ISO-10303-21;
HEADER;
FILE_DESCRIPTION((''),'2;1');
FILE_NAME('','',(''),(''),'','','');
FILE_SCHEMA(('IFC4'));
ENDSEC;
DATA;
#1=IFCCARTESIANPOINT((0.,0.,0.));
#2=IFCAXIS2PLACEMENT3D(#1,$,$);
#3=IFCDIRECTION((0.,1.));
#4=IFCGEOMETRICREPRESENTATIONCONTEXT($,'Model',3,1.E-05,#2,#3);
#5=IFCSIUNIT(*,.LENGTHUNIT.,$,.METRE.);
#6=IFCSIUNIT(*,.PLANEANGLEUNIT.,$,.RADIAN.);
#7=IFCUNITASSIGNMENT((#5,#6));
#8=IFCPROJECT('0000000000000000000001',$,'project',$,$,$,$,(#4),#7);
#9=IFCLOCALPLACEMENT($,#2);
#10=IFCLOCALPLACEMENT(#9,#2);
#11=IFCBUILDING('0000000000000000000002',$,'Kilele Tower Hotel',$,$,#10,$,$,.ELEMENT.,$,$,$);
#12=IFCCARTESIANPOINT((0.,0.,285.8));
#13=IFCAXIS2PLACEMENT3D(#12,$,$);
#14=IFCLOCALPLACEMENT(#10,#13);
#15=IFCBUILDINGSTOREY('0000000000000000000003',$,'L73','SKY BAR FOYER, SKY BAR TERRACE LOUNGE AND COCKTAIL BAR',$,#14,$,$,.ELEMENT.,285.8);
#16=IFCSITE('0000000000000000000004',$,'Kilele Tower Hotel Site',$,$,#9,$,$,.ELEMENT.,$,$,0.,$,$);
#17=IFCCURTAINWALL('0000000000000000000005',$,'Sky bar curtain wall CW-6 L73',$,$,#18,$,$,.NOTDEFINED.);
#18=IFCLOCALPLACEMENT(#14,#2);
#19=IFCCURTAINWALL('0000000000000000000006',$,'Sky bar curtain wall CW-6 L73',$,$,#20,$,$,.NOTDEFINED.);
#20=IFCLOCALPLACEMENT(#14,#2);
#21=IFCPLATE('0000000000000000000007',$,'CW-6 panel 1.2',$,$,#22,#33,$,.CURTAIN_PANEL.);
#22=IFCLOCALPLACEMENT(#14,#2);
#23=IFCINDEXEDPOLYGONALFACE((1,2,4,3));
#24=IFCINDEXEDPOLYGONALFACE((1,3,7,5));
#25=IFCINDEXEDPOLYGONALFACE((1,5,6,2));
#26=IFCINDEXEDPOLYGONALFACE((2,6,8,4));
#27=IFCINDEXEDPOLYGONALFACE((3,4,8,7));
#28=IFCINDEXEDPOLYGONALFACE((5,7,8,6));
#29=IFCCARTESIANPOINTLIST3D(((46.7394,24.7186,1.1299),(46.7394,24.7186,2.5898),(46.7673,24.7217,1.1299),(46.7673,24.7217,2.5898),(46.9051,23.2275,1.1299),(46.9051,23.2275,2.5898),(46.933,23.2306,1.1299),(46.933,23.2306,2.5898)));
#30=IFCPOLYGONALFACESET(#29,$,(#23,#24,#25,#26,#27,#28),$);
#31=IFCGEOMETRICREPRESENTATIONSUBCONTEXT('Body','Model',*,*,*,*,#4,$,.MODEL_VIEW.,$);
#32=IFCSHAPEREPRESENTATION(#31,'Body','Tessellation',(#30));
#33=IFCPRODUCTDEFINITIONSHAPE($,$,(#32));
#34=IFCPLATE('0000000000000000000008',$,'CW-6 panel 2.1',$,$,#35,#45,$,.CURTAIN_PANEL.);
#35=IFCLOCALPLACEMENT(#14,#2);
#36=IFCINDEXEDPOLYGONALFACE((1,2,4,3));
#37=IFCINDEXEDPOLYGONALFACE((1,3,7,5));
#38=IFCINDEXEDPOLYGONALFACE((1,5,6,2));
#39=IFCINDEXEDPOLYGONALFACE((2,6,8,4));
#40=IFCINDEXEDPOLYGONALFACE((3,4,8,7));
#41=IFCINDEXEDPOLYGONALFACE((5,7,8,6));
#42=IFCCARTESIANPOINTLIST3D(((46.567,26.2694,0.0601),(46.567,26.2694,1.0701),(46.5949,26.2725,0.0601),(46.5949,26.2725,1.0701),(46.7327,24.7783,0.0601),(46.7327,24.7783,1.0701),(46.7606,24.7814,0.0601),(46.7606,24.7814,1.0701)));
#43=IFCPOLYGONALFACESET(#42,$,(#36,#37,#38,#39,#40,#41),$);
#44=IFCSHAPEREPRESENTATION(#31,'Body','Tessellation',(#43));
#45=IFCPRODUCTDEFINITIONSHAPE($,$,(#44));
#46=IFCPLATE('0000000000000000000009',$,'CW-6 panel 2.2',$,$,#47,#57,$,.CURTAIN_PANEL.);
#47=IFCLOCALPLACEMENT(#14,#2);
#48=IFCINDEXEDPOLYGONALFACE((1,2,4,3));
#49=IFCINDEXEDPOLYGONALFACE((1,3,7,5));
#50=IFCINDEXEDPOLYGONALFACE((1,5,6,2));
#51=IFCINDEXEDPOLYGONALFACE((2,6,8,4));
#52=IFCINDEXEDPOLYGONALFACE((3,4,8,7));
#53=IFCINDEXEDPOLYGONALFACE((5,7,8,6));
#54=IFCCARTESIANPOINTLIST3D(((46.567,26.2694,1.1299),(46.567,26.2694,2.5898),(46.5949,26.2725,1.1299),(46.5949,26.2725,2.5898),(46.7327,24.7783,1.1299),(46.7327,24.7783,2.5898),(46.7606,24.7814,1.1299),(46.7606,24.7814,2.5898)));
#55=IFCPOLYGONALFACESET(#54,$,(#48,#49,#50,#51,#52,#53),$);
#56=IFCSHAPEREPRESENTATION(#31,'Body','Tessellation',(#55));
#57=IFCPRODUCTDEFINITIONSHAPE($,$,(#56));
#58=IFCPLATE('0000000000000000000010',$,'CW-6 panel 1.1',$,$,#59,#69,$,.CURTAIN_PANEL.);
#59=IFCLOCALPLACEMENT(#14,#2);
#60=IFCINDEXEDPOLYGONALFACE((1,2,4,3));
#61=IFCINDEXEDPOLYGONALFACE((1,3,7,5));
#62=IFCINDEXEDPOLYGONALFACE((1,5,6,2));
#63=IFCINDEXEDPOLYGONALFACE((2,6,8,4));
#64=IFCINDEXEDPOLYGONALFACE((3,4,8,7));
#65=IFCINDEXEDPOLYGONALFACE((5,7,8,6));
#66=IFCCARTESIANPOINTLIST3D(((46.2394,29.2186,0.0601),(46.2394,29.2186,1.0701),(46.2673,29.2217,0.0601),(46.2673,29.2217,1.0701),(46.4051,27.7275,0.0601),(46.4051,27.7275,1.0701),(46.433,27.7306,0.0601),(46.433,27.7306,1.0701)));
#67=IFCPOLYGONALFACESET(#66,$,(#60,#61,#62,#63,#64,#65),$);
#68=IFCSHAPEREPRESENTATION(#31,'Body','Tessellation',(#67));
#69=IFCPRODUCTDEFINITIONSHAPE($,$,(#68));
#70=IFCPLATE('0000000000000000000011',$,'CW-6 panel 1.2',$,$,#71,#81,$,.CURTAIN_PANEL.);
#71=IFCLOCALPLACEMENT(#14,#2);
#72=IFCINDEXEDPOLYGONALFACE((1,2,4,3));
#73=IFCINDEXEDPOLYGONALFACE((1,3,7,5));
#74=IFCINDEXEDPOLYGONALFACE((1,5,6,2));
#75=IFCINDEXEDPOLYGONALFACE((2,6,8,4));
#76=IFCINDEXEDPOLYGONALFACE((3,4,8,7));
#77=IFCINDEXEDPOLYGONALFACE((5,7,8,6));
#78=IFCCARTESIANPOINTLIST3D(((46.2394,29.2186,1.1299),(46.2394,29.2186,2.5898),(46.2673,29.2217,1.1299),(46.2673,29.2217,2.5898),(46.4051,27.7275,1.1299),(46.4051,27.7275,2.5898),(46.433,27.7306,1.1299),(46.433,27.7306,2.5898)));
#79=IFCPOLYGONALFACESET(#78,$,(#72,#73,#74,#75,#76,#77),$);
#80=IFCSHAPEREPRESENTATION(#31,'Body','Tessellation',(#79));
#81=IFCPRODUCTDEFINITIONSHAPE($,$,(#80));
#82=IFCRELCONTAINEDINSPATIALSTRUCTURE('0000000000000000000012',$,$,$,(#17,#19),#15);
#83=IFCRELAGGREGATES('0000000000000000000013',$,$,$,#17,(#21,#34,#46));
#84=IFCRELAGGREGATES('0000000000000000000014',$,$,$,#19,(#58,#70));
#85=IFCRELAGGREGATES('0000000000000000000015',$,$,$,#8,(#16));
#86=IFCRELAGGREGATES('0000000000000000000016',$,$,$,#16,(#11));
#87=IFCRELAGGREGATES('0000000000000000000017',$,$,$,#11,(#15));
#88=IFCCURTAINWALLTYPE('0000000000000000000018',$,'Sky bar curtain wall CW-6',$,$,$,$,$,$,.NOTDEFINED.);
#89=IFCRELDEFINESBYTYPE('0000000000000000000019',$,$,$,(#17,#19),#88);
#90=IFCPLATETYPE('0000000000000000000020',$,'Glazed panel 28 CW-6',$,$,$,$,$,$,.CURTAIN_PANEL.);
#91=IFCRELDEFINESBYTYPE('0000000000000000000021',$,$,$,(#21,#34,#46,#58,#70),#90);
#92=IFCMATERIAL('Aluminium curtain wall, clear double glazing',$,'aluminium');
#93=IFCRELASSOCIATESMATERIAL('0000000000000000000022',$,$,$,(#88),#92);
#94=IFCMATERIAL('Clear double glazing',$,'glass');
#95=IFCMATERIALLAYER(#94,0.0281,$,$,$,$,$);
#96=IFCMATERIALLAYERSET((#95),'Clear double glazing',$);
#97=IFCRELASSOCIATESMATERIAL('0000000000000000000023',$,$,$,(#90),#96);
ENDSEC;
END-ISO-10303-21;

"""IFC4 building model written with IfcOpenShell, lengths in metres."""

from ifc_helpers import new_model, si_unit, direction, frame, origin, origin_2d, place, context, subcontext, project, spatial, rectangle, extrude, material, layer, layer_set, type_object, element, aggregate, save


model = new_model("IFC4")

# Units and contexts
model_context = context("Model", 3, precision=1e-05, world=origin(), true_north=direction((0.0, 1.0)))
body_context = subcontext(model_context, "Body", "Model", "MODEL_VIEW")
ifc_project = project(units=[si_unit("LENGTHUNIT", "METRE"), si_unit("PLANEANGLEUNIT", "RADIAN")], contexts=[model_context])

# Site, building, storey
site_placement = place(None, origin())
site = spatial("IfcSite", under=ifc_project, at=site_placement, Name="Kilele Tower Hotel Site", CompositionType="ELEMENT", RefElevation=0.0)
building_placement = place(site_placement, origin())
building = spatial("IfcBuilding", under=site, at=building_placement, Name="Kilele Tower Hotel", CompositionType="ELEMENT")
storey_placement = place(building_placement, frame((0.0, 0.0, 285.8)))
storey = spatial("IfcBuildingStorey", under=building, at=storey_placement, Name="L73", Description="SKY BAR FOYER, SKY BAR TERRACE LOUNGE AND COCKTAIL BAR", CompositionType="ELEMENT", Elevation=285.8)

# Curtain wall
ifc_material_1 = material(Name="Aluminium curtain wall, clear double glazing", Category="aluminium")
curtain_wall_type = type_object("IfcCurtainWallType", Name="Sky bar curtain wall CW-6", PredefinedType="NOTDEFINED", material=ifc_material_1)
curtain_wall_1_placement = place(storey_placement, origin())
curtain_wall_1 = element("IfcCurtainWall", 1, at=curtain_wall_1_placement, inside=storey, type_object=curtain_wall_type, Name="Sky bar curtain wall CW-6 L73", PredefinedType="NOTDEFINED")

# Curtain wall
curtain_wall_2_placement = place(storey_placement, origin())
curtain_wall_2 = element("IfcCurtainWall", 2, at=curtain_wall_2_placement, inside=storey, type_object=curtain_wall_type, Name="Sky bar curtain wall CW-6 L73", PredefinedType="NOTDEFINED")

# Plates
ifc_material_2 = material(Name="Clear double glazing", Category="glass")
ifc_layer = layer(ifc_material_2, 0.0281)
ifc_layer_set = layer_set([ifc_layer], Name="Clear double glazing")
plate_type = type_object("IfcPlateType", Name="Glazed panel 28 CW-6", PredefinedType="CURTAIN_PANEL", material=ifc_layer_set)
plate_1_placement = place(storey_placement, frame((46.8362, 23.9746, 1.1299), z_axis=(0.0, 0.0, 1.0), x_axis=(-0.110432, 0.993884, 0.0)))
plate_1 = element("IfcPlate", 3, at=plate_1_placement, type_object=plate_type, Name="CW-6 panel 1.2", PredefinedType="CURTAIN_PANEL", context=body_context, shape_type="SweptSolid", body=[
    extrude(rectangle(XDim=1.5002, YDim=0.0281, at=origin_2d()), origin(), (0.0, 0.0, 1.0), 1.46),
])
plate_2_placement = place(storey_placement, frame((46.6638, 25.5254, 0.0601), z_axis=(0.0, 0.0, 1.0), x_axis=(-0.110432, 0.993884, 0.0)))
plate_2 = element("IfcPlate", 4, at=plate_2_placement, type_object=plate_type, Name="CW-6 panel 2.1", PredefinedType="CURTAIN_PANEL", context=body_context, shape_type="SweptSolid", body=[
    extrude(rectangle(XDim=1.5002, YDim=0.0281, at=origin_2d()), origin(), (0.0, 0.0, 1.0), 1.01),
])
plate_3_placement = place(storey_placement, frame((46.6638, 25.5254, 1.1299), z_axis=(0.0, 0.0, 1.0), x_axis=(-0.110432, 0.993884, 0.0)))
plate_3 = element("IfcPlate", 5, at=plate_3_placement, type_object=plate_type, Name="CW-6 panel 2.2", PredefinedType="CURTAIN_PANEL", context=body_context, shape_type="SweptSolid", body=[
    extrude(rectangle(XDim=1.5002, YDim=0.0281, at=origin_2d()), origin(), (0.0, 0.0, 1.0), 1.46),
])
aggregate(curtain_wall_1, [plate_1, plate_2, plate_3])
plate_4_placement = place(storey_placement, frame((46.3362, 28.4746, 0.0601), z_axis=(0.0, 0.0, 1.0), x_axis=(-0.110432, 0.993884, 0.0)))
plate_4 = element("IfcPlate", 6, at=plate_4_placement, type_object=plate_type, Name="CW-6 panel 1.1", PredefinedType="CURTAIN_PANEL", context=body_context, shape_type="SweptSolid", body=[
    extrude(rectangle(XDim=1.5002, YDim=0.0281, at=origin_2d()), origin(), (0.0, 0.0, 1.0), 1.01),
])
plate_5_placement = place(storey_placement, frame((46.3362, 28.4746, 1.1299), z_axis=(0.0, 0.0, 1.0), x_axis=(-0.110432, 0.993884, 0.0)))
plate_5 = element("IfcPlate", 7, at=plate_5_placement, type_object=plate_type, Name="CW-6 panel 1.2", PredefinedType="CURTAIN_PANEL", context=body_context, shape_type="SweptSolid", body=[
    extrude(rectangle(XDim=1.5002, YDim=0.0281, at=origin_2d()), origin(), (0.0, 0.0, 1.0), 1.46),
])
aggregate(curtain_wall_2, [plate_4, plate_5])

save(model, "model.ifc")
